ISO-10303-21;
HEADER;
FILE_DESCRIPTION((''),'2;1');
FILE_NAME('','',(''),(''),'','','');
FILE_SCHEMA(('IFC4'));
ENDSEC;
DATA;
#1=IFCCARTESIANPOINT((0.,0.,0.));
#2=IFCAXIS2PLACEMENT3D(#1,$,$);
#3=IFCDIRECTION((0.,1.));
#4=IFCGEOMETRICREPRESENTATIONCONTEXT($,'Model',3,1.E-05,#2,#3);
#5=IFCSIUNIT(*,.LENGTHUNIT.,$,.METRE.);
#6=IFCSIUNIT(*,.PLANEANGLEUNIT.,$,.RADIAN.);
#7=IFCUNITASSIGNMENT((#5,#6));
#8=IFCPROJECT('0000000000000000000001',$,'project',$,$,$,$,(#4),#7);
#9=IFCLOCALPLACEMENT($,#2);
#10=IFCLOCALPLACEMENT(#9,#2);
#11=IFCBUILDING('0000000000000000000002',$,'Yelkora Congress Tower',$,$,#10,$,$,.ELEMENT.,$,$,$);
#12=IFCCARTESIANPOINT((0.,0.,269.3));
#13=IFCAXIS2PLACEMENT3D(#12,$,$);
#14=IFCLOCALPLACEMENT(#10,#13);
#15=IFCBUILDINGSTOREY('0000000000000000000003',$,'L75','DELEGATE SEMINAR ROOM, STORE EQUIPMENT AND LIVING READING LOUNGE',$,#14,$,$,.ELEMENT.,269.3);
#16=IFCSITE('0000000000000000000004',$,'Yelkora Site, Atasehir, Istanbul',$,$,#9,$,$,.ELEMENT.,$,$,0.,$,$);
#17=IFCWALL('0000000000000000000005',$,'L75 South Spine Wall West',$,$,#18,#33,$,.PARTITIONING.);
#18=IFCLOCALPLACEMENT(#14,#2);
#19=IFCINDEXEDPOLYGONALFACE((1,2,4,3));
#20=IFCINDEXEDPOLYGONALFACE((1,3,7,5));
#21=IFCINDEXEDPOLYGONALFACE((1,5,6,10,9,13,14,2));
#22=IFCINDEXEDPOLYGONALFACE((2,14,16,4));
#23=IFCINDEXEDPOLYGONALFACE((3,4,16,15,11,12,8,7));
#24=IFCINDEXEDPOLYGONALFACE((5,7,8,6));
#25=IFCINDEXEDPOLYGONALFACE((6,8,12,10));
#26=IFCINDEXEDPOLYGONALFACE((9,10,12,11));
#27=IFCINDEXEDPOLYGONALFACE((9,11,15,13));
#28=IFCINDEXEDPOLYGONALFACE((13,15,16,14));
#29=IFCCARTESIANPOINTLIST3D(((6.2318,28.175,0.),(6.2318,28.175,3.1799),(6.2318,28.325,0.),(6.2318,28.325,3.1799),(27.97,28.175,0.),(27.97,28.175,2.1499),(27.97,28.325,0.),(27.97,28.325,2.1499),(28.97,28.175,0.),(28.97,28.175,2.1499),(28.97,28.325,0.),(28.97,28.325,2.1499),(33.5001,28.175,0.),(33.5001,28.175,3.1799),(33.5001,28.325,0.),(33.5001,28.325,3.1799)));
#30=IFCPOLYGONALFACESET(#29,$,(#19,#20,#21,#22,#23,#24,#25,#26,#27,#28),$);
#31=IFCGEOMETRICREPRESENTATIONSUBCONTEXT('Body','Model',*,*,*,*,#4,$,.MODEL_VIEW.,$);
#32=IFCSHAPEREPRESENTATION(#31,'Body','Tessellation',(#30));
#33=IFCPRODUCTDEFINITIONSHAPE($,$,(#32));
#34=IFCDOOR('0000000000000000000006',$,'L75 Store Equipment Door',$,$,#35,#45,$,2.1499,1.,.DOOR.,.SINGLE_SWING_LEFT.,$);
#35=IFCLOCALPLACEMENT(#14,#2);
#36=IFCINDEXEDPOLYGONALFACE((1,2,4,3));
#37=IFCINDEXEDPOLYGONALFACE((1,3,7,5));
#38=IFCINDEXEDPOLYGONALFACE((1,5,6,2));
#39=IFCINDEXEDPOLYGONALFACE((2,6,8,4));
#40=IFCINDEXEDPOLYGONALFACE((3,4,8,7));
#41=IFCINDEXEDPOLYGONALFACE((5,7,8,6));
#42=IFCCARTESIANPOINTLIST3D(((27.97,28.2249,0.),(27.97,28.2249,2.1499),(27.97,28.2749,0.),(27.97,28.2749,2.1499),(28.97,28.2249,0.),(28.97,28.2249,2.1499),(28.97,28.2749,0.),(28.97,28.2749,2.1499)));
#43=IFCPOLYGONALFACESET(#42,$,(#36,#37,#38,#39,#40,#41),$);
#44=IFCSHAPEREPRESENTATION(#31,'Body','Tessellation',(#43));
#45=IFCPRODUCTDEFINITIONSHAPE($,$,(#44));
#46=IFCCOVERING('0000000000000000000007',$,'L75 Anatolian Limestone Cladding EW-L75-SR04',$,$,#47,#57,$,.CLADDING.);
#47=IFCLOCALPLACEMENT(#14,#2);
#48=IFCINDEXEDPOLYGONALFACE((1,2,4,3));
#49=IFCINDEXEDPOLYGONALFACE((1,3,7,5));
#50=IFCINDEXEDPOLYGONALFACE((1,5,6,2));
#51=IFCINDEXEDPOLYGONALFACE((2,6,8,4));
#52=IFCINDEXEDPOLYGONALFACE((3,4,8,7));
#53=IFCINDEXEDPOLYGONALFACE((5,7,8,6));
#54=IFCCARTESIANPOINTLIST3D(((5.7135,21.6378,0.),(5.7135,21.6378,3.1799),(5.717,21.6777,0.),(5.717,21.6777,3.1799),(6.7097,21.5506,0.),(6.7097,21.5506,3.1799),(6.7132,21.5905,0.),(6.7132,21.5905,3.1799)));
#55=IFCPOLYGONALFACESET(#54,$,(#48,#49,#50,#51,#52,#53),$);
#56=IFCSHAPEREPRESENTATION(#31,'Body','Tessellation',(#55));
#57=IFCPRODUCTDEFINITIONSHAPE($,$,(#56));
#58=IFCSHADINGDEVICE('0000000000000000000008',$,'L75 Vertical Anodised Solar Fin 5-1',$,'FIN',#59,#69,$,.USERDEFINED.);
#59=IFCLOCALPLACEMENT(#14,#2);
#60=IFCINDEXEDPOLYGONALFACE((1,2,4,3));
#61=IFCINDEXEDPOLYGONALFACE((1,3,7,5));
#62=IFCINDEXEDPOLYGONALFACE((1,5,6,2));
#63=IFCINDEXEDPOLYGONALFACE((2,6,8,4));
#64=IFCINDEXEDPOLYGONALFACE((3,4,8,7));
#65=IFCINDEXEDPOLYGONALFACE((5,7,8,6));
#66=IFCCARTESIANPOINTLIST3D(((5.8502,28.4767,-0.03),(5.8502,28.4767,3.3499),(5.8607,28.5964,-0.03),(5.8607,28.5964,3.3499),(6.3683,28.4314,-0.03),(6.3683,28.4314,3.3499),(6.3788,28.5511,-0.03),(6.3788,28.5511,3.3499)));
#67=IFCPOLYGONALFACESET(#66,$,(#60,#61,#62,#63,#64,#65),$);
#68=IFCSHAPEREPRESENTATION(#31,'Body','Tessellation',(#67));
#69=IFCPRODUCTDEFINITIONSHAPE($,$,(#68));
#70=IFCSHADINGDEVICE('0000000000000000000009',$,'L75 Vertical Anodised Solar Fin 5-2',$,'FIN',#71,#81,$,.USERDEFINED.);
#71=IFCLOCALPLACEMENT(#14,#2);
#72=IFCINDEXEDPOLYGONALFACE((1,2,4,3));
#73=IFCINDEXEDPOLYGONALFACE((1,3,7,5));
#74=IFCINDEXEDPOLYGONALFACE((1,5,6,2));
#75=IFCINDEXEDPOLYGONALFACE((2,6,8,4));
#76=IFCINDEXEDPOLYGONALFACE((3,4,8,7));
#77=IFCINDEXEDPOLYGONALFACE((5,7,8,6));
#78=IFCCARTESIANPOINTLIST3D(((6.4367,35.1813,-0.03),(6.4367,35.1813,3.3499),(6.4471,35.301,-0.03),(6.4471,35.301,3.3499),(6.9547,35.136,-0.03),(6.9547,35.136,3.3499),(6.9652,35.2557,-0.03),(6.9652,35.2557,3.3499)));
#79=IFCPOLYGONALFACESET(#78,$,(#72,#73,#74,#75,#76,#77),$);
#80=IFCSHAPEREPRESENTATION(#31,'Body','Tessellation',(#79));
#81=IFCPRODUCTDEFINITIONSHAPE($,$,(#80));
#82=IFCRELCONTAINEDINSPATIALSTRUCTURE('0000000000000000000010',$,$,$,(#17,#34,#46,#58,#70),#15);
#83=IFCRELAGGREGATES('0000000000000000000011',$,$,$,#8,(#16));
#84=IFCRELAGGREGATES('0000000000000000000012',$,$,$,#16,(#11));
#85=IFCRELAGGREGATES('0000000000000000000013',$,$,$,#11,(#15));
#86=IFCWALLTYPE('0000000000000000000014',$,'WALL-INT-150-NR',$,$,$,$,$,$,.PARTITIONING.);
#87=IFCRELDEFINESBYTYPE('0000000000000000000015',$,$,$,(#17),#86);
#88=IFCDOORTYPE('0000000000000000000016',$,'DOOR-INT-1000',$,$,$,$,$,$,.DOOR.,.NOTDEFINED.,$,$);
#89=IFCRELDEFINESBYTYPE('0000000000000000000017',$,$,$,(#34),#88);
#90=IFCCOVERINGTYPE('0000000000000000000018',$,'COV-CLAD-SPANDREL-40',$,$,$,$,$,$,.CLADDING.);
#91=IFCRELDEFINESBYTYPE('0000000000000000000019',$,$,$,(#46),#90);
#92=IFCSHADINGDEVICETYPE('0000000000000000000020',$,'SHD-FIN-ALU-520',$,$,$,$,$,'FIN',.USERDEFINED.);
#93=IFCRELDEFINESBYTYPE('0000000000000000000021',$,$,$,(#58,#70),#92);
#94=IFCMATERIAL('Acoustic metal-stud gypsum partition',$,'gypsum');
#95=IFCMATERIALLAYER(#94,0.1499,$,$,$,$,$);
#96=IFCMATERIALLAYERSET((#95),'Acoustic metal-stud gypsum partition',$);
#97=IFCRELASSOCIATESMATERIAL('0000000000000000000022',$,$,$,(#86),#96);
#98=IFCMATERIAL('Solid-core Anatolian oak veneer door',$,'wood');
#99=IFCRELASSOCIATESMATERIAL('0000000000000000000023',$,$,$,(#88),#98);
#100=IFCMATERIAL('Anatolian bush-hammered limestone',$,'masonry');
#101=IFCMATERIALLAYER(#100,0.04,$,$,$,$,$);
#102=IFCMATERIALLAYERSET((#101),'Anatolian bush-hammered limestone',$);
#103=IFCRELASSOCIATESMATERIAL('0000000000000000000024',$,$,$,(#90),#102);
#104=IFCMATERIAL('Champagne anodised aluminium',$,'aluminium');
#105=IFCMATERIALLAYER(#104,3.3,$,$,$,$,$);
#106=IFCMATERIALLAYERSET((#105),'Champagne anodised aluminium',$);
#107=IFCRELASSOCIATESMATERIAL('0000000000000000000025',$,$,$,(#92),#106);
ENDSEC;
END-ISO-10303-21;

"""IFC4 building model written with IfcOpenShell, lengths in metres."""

from ifc_helpers import new_model, si_unit, direction, frame, frame_2d, origin, origin_2d, place, context, subcontext, project, spatial, rectangle, extrude, material, layer, layer_set, type_object, element, fill, save


model = new_model("IFC4")

# Units and contexts
model_context = context("Model", 3, precision=1e-05, world=origin(), true_north=direction((0.0, 1.0)))
body_context = subcontext(model_context, "Body", "Model", "MODEL_VIEW")
ifc_project = project(units=[si_unit("LENGTHUNIT", "METRE"), si_unit("PLANEANGLEUNIT", "RADIAN")], contexts=[model_context])

# Site, building, storey
site_placement = place(None, origin())
site = spatial("IfcSite", under=ifc_project, at=site_placement, Name="Yelkora Site, Atasehir, Istanbul", CompositionType="ELEMENT", RefElevation=0.0)
building_placement = place(site_placement, origin())
building = spatial("IfcBuilding", under=site, at=building_placement, Name="Yelkora Congress Tower", CompositionType="ELEMENT")
storey_placement = place(building_placement, frame((0.0, 0.0, 269.3)))
storey = spatial("IfcBuildingStorey", under=building, at=storey_placement, Name="L75", Description="DELEGATE SEMINAR ROOM, STORE EQUIPMENT AND LIVING READING LOUNGE", CompositionType="ELEMENT", Elevation=269.3)

# Wall, opening, door
ifc_material_1 = material(Name="Acoustic metal-stud gypsum partition", Category="gypsum")
ifc_layer_1 = layer(ifc_material_1, 0.1499)
ifc_layer_set_1 = layer_set([ifc_layer_1], Name="Acoustic metal-stud gypsum partition")
wall_type_1 = type_object("IfcWallType", Name="WALL-INT-150-NR", PredefinedType="PARTITIONING", material=ifc_layer_set_1)
wall_1_placement = place(storey_placement, frame((6.2317, 28.25, 0.0), z_axis=(0.0, 0.0, 1.0), x_axis=(1.0, 0.0, 0.0)))
wall_1 = element("IfcWall", 1, at=wall_1_placement, inside=storey, type_object=wall_type_1, Name="L75 South Spine Wall West", PredefinedType="PARTITIONING", context=body_context, shape_type="SweptSolid", body=[
    extrude(rectangle(XDim=27.2683, YDim=0.1499, at=frame_2d((13.6343, 0.0))), origin(), (0.0, 0.0, 1.0), 3.1799),
])
opening_placement = place(wall_1_placement, frame((21.7383, 0.0, 0.0)))
opening = element("IfcOpeningElement", 2, at=opening_placement, cuts=wall_1, PredefinedType="OPENING", context=body_context, shape_type="SweptSolid", body=[
    extrude(rectangle(XDim=1.0, YDim=2.1499, at=frame_2d((0.5, 1.075))), frame((0.0, 0.085, 0.0), z_axis=(0.0, -1.0, 0.0), x_axis=(1.0, 0.0, 0.0)), (0.0, 0.0, 1.0), 0.1699),
])
ifc_material_2 = material(Name="Solid-core Anatolian oak veneer door", Category="wood")
door_type = type_object("IfcDoorType", Name="DOOR-INT-1000", OperationType="NOTDEFINED", PredefinedType="DOOR", material=ifc_material_2)
door_placement = place(opening_placement, origin())
door = element("IfcDoor", 3, at=door_placement, inside=storey, type_object=door_type, Name="L75 Store Equipment Door", OperationType="SINGLE_SWING_LEFT", OverallHeight=2.1499, OverallWidth=1.0, PredefinedType="DOOR", context=body_context, shape_type="SweptSolid", body=[
    extrude(rectangle(XDim=1.0, YDim=2.1499, at=frame_2d((0.5, 1.075))), frame((0.0, 0.0249, 0.0), z_axis=(0.0, -1.0, 0.0), x_axis=(1.0, 0.0, 0.0)), (0.0, 0.0, 1.0), 0.05),
])
fill(opening, door)

# Covering
ifc_material_3 = material(Name="Anatolian bush-hammered limestone", Category="masonry")
ifc_layer_2 = layer(ifc_material_3, 0.04)
ifc_layer_set_2 = layer_set([ifc_layer_2], Name="Anatolian bush-hammered limestone")
covering_type = type_object("IfcCoveringType", Name="COV-CLAD-SPANDREL-40", PredefinedType="CLADDING", material=ifc_layer_set_2)
covering_placement = place(storey_placement, frame((6.7114, 21.5706, 0.0), z_axis=(0.0, 0.0, 1.0), x_axis=(-0.996194, 0.087167, 0.0)))
element("IfcCovering", 4, at=covering_placement, inside=storey, type_object=covering_type, Name="L75 Anatolian Limestone Cladding EW-L75-SR04", PredefinedType="CLADDING", context=body_context, shape_type="SweptSolid", body=[
    extrude(rectangle(XDim=1.0, YDim=0.04, at=frame_2d((0.5, 0.0))), origin(), (0.0, 0.0, 1.0), 3.1799),
])

# Shading devices
ifc_material_4 = material(Name="Champagne anodised aluminium", Category="aluminium")
ifc_layer_3 = layer(ifc_material_4, 3.3)
ifc_layer_set_3 = layer_set([ifc_layer_3], Name="Champagne anodised aluminium")
shading_device_type = type_object("IfcShadingDeviceType", Name="SHD-FIN-ALU-520", ElementType="FIN", PredefinedType="USERDEFINED", material=ifc_layer_set_3)
for number, where, z_axis, x_axis, name in (
    (5, (6.1145, 28.5139, -0.03), (0.0, 0.0, 1.0), (0.087156, 0.996195, 0.0), "L75 Vertical Anodised Solar Fin 5-1"),
    (6, (6.7009, 35.2185, -0.03), (0.0, 0.0, 1.0), (0.087156, 0.996195, 0.0), "L75 Vertical Anodised Solar Fin 5-2"),
):
    element("IfcShadingDevice", number, at=place(storey_placement, frame(where, z_axis=z_axis, x_axis=x_axis)), inside=storey, type_object=shading_device_type, Name=name, ObjectType="FIN", PredefinedType="USERDEFINED", context=body_context, shape_type="SweptSolid", body=[
        extrude(rectangle(XDim=0.1201, YDim=0.52, at=origin_2d()), origin(), (0.0, 0.0, 1.0), 3.3799),
    ])

save(model, "model.ifc")
